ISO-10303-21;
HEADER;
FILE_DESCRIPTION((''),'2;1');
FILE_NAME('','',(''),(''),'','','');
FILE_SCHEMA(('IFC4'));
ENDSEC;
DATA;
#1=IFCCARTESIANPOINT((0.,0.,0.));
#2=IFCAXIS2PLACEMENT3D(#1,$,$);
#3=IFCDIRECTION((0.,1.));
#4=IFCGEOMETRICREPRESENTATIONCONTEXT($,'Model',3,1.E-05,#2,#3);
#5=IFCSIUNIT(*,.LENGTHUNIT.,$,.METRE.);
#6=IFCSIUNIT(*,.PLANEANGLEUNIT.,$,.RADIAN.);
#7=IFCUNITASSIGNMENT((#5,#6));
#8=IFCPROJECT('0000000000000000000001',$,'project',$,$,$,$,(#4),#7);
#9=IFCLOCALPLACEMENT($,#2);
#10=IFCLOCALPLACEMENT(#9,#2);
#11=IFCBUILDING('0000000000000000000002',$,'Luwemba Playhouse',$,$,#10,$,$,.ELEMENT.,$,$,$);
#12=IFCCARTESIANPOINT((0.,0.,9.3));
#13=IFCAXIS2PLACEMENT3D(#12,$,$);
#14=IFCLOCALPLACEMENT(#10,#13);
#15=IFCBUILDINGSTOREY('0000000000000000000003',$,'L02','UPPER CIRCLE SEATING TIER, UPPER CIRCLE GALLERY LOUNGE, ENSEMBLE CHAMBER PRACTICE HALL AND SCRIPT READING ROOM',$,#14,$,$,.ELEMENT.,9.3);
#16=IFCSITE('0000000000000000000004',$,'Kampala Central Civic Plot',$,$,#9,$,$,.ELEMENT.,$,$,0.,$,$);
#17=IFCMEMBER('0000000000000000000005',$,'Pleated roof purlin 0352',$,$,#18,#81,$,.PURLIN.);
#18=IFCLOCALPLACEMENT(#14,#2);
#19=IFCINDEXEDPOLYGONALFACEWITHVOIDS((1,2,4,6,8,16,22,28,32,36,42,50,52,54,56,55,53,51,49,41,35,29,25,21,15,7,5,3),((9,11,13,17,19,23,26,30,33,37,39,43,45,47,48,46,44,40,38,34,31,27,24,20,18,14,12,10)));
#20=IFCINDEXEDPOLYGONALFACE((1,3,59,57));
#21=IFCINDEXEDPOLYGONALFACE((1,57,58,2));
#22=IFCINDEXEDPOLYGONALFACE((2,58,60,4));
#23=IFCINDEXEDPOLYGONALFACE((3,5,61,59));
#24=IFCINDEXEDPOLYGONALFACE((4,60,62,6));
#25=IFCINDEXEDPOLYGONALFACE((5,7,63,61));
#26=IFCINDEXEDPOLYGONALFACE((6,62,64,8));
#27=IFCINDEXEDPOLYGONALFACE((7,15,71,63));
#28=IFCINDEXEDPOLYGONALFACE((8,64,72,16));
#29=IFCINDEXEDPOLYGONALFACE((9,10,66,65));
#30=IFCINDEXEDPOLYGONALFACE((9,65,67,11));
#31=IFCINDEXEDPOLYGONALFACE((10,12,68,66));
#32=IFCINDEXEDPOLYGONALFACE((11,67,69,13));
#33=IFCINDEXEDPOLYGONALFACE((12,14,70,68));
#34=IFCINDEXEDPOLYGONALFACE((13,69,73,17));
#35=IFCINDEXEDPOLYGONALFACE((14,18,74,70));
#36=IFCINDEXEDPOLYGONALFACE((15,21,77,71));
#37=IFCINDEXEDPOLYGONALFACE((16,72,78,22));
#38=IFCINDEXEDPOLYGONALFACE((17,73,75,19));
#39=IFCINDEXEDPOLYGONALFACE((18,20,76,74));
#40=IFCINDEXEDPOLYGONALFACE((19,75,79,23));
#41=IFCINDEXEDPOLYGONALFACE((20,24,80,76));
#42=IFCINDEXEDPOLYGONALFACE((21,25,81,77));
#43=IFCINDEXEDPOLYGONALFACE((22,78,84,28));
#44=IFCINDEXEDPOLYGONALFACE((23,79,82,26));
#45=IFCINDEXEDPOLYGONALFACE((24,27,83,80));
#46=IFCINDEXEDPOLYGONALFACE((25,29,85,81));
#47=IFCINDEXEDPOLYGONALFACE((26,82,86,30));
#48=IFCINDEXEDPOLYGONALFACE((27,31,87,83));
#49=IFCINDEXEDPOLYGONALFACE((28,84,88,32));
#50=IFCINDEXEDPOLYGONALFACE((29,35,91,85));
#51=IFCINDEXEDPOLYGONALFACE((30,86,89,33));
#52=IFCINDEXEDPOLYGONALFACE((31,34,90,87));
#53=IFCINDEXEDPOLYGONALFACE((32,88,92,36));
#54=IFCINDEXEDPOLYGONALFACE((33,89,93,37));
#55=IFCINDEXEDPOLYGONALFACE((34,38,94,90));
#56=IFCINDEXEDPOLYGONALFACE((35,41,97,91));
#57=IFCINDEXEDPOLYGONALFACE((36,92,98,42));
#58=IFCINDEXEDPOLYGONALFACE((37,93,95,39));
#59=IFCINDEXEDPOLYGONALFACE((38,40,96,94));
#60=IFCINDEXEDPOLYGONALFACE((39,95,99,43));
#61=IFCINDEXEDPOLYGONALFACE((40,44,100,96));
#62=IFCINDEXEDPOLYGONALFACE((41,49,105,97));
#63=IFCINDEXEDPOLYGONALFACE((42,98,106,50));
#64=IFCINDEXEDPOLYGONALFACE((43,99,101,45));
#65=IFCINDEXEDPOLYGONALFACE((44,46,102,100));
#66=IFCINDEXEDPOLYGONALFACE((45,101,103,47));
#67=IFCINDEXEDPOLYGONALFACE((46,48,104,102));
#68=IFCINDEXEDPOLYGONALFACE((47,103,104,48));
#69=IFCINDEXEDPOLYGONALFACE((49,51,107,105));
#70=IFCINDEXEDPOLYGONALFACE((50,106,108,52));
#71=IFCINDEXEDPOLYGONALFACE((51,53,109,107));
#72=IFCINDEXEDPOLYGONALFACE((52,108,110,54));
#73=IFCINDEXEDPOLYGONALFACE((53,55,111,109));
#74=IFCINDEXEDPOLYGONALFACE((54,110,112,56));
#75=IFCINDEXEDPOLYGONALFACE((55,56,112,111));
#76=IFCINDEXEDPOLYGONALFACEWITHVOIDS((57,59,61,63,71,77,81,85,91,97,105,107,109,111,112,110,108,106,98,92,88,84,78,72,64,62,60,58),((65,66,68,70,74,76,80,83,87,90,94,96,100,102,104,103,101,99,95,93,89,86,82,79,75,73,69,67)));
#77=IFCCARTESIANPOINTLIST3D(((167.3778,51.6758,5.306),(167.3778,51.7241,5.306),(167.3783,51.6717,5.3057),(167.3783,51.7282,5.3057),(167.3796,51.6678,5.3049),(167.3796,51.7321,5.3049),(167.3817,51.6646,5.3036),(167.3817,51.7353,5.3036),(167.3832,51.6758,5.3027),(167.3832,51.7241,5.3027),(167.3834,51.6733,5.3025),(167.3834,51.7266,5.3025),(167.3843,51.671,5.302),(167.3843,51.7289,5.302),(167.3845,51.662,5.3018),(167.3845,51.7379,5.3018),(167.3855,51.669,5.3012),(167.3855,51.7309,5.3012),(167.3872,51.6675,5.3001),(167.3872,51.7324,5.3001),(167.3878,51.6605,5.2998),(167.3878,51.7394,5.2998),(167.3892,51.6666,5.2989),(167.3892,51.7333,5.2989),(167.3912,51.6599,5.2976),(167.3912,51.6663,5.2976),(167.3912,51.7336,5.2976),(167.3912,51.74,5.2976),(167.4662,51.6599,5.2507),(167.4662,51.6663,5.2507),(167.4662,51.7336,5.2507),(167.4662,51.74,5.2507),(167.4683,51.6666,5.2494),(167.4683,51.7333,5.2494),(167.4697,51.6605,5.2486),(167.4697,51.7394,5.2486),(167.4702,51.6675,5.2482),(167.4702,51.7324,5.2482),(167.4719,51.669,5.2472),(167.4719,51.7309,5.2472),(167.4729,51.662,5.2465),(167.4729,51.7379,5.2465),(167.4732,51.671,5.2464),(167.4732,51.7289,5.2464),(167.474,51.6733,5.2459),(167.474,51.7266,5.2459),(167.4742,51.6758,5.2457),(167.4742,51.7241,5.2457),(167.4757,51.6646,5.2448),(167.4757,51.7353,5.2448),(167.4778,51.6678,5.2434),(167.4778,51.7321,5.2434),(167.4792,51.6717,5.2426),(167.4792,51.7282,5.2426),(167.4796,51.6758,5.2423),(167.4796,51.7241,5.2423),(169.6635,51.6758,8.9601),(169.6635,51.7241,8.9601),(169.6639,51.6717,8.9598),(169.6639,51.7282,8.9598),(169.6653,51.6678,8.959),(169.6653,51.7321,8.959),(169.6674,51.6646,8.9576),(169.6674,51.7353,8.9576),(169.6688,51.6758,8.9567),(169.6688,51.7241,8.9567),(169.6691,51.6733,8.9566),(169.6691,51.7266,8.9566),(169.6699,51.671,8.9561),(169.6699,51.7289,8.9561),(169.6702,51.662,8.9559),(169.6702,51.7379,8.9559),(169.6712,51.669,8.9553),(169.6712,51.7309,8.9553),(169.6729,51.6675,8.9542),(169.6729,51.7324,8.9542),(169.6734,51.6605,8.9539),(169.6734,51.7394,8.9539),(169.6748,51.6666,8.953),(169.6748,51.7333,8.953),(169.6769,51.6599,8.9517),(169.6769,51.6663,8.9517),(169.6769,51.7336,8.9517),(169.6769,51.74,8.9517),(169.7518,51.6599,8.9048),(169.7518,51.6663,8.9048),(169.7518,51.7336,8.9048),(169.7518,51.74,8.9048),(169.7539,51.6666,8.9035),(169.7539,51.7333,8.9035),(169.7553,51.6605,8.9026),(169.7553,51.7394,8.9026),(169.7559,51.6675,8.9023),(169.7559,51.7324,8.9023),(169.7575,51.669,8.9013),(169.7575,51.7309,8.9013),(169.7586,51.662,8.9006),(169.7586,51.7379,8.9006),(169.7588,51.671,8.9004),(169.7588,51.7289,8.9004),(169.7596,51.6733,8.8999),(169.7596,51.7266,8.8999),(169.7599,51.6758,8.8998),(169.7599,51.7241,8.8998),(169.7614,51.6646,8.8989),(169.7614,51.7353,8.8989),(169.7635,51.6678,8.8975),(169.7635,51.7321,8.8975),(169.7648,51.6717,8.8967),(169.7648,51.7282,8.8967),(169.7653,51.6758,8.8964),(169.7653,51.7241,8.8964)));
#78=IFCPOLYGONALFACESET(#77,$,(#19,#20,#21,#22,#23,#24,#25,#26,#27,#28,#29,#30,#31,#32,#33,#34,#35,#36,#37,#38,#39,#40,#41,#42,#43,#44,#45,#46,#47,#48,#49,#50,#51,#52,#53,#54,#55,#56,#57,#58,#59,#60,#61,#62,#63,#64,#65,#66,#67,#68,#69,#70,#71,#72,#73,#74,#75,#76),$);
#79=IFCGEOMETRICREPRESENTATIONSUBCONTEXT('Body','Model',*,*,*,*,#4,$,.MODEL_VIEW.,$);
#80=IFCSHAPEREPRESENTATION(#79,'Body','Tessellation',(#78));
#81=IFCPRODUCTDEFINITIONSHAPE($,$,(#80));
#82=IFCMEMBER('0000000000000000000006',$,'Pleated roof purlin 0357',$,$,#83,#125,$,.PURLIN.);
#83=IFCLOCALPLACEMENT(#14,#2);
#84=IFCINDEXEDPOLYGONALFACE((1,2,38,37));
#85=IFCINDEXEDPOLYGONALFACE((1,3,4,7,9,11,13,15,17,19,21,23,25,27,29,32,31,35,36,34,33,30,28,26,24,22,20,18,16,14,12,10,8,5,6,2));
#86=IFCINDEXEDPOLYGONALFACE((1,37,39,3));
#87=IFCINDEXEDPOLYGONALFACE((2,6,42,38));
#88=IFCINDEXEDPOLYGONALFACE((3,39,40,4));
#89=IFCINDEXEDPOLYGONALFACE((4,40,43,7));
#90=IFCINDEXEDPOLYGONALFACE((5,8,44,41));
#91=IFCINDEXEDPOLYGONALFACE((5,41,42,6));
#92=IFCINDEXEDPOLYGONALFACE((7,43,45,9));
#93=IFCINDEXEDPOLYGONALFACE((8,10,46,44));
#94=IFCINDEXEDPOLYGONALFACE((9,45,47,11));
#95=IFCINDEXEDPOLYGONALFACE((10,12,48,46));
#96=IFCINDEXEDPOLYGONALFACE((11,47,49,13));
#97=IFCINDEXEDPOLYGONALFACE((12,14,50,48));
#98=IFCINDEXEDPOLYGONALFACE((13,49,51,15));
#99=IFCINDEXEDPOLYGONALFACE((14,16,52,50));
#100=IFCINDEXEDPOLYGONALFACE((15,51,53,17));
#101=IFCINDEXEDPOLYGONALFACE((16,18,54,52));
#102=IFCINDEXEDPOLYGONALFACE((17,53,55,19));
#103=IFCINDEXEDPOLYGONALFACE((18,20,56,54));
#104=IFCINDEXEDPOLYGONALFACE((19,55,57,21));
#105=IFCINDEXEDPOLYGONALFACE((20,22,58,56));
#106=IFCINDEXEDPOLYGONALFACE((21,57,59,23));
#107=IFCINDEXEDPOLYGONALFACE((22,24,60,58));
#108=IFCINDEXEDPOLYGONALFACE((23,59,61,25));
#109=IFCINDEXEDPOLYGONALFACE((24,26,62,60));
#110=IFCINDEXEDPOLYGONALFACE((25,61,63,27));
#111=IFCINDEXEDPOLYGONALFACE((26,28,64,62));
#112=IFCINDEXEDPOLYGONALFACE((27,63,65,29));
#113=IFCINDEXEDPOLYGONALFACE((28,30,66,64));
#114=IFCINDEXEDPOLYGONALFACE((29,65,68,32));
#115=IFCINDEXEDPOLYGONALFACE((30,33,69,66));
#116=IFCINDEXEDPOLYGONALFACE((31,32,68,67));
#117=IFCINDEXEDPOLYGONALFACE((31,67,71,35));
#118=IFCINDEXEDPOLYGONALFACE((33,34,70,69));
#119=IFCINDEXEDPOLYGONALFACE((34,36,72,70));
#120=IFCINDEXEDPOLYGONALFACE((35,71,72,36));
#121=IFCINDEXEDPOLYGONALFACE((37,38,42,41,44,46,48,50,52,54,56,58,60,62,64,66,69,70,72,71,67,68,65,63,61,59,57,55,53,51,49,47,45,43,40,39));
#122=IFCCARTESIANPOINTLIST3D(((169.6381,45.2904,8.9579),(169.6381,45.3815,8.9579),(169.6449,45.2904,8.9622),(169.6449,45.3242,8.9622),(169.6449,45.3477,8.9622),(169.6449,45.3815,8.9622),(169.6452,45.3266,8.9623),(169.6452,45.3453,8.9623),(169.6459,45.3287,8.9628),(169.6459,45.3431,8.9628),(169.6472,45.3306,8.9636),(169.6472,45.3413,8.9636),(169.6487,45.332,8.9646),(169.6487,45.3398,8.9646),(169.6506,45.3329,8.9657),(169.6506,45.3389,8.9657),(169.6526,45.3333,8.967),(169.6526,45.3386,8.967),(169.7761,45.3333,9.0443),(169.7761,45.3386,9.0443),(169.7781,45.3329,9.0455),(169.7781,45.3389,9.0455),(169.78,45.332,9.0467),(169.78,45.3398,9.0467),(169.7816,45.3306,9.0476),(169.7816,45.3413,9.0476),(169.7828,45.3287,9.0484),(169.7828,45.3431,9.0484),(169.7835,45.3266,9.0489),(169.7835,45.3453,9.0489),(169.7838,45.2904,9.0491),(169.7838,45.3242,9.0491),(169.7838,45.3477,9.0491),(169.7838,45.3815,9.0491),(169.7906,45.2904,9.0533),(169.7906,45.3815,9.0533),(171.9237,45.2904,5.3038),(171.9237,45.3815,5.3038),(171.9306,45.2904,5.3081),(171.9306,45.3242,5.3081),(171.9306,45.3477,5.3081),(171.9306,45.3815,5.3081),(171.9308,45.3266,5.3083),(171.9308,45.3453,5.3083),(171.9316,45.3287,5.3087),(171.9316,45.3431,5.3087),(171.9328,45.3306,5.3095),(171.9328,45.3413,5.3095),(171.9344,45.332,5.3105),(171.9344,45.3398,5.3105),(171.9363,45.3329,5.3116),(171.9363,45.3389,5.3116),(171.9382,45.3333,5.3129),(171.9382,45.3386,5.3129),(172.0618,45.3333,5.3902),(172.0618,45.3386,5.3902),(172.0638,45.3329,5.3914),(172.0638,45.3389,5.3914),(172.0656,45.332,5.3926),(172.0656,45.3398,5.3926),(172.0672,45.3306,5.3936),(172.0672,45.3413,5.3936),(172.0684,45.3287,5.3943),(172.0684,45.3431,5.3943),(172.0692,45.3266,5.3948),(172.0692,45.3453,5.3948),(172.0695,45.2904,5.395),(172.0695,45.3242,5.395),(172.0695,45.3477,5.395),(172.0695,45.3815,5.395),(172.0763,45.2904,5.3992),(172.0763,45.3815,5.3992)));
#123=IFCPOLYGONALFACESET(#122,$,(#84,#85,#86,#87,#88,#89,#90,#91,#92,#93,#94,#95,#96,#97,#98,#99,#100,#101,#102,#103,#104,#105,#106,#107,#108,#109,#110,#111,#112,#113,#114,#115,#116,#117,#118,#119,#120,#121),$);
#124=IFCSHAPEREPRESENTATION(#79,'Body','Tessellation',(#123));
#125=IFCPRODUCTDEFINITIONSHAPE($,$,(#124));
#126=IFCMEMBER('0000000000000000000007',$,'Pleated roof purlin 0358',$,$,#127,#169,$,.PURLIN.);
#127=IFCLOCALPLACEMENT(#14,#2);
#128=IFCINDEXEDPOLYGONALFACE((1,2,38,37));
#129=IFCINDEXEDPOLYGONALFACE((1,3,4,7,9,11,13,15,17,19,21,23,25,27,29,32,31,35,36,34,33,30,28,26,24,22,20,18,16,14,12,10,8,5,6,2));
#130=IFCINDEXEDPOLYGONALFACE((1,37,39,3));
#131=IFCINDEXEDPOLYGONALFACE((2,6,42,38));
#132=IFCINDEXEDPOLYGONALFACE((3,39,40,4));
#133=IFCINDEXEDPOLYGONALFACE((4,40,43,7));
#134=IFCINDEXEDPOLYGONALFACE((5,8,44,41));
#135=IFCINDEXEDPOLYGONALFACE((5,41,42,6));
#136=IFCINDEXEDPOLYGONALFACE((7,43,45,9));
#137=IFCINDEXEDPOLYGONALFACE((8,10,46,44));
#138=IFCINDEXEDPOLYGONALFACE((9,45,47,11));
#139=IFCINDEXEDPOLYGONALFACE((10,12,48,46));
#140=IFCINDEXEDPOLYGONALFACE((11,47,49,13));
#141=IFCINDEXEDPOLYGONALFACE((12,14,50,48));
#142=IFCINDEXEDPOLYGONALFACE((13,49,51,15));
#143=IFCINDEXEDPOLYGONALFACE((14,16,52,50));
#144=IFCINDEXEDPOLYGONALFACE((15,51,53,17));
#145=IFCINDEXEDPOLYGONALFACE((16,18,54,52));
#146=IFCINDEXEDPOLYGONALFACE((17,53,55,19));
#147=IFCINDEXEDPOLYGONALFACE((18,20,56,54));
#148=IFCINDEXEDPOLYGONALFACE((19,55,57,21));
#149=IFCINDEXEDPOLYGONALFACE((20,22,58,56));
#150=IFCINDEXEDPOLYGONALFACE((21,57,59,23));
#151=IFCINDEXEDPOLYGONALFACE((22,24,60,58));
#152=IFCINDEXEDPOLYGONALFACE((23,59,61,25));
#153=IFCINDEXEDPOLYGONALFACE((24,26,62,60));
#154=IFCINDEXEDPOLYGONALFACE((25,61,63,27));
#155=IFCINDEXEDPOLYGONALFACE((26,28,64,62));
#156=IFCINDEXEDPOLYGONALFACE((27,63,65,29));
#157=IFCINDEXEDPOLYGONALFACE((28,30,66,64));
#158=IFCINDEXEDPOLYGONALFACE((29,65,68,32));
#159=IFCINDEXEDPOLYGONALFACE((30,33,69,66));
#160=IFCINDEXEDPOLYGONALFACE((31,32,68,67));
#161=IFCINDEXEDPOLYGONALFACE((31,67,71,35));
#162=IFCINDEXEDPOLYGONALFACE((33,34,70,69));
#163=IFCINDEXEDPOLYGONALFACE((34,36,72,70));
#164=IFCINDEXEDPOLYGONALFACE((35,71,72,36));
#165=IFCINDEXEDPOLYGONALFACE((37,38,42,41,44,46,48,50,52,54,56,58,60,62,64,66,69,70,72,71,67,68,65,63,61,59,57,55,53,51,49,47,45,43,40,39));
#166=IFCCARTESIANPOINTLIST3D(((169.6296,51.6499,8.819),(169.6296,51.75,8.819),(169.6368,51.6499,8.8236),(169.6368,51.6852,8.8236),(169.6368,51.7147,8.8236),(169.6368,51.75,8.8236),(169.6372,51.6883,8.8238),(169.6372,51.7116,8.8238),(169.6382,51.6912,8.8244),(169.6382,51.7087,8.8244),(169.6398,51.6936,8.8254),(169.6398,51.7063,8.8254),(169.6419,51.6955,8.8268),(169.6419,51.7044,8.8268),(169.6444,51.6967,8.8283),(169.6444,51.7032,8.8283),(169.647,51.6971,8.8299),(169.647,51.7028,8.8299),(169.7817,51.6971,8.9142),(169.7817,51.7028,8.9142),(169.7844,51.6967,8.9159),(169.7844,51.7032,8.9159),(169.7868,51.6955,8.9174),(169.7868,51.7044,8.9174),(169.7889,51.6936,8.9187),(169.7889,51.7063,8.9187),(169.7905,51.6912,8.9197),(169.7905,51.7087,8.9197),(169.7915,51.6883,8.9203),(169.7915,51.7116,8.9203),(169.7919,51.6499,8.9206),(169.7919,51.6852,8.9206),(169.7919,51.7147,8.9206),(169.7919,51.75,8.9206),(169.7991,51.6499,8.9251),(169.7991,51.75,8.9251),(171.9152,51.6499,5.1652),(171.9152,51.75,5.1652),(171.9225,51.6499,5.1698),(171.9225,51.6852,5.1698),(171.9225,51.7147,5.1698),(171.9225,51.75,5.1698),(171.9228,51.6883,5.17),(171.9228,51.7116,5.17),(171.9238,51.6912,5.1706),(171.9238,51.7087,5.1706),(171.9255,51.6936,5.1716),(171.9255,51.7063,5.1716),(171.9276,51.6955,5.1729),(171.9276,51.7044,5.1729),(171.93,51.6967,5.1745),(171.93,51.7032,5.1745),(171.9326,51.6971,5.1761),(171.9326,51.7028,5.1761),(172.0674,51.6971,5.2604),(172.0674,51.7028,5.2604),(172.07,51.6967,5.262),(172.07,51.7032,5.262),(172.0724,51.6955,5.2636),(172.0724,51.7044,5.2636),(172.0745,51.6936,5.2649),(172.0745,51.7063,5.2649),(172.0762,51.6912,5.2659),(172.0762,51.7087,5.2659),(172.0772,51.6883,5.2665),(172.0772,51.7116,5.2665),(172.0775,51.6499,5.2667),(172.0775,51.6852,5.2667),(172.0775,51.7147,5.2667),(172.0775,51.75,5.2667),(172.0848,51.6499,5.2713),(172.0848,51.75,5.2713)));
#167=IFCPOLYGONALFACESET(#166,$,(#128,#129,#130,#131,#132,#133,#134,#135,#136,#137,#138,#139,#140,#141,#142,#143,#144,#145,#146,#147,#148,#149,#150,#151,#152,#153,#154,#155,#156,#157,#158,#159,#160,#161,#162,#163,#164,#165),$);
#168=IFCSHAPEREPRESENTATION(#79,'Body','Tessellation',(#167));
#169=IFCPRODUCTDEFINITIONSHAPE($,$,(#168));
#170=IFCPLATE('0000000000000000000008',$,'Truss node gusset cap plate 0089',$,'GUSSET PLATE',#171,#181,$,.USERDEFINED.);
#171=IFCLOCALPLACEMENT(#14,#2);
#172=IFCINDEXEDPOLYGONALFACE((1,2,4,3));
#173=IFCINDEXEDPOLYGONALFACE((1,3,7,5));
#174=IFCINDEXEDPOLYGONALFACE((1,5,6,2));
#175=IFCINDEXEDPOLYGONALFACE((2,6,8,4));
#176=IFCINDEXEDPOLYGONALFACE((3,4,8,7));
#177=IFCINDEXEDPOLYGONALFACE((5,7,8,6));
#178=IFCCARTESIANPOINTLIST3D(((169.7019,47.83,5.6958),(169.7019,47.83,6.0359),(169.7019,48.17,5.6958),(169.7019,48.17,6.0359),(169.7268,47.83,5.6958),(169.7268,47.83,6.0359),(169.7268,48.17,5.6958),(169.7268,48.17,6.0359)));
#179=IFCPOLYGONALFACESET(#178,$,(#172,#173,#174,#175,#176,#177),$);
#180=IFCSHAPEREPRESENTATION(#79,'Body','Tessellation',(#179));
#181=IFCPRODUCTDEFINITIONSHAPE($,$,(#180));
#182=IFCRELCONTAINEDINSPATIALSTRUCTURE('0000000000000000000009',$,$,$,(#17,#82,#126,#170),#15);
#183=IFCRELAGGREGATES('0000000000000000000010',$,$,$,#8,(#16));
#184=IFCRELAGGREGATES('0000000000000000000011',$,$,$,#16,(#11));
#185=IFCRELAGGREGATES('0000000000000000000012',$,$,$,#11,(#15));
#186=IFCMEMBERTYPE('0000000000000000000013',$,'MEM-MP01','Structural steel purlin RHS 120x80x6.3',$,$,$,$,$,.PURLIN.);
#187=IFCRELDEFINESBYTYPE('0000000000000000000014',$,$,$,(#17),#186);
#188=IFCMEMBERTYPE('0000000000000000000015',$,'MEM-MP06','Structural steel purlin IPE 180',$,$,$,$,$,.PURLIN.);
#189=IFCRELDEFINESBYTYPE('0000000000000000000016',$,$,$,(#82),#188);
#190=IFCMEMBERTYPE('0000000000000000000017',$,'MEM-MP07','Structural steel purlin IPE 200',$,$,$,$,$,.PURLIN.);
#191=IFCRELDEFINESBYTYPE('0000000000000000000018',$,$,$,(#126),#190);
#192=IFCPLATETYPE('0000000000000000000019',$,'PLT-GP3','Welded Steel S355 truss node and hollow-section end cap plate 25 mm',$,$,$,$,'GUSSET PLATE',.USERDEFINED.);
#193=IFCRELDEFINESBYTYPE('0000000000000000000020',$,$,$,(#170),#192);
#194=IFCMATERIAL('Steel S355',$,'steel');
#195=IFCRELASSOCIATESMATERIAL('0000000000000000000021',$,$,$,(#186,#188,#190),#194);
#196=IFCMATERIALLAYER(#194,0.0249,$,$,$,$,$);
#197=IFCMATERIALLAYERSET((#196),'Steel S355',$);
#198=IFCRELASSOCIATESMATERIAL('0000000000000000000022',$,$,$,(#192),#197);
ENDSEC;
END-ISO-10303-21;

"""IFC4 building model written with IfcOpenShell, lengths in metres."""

from ifc_helpers import new_model, si_unit, direction, frame, origin, origin_2d, place, context, subcontext, project, spatial, rectangle, hollow_rectangle, i_section, extrude, material, layer, layer_set, material_profile, profile_set, type_object, element, save


model = new_model("IFC4")

# Units and contexts
model_context = context("Model", 3, precision=1e-05, world=origin(), true_north=direction((0.0, 1.0)))
body_context = subcontext(model_context, "Body", "Model", "MODEL_VIEW")
ifc_project = project(units=[si_unit("LENGTHUNIT", "METRE"), si_unit("PLANEANGLEUNIT", "RADIAN")], contexts=[model_context])

# Site, building, storey
site_placement = place(None, origin())
site = spatial("IfcSite", under=ifc_project, at=site_placement, Name="Kampala Central Civic Plot", CompositionType="ELEMENT", RefElevation=0.0)
building_placement = place(site_placement, origin())
building = spatial("IfcBuilding", under=site, at=building_placement, Name="Luwemba Playhouse", CompositionType="ELEMENT")
storey_placement = place(building_placement, frame((0.0, 0.0, 9.3)))
storey = spatial("IfcBuildingStorey", under=building, at=storey_placement, Name="L02", Description="UPPER CIRCLE SEATING TIER, UPPER CIRCLE GALLERY LOUNGE, ENSEMBLE CHAMBER PRACTICE HALL AND SCRIPT READING ROOM", CompositionType="ELEMENT", Elevation=9.3)

# Shared definitions
ifc_material_1 = material(Name="Steel S355", Category="steel")

# Members
ifc_material_profile_1 = material_profile(ifc_material_1, hollow_rectangle(XDim=0.0801, YDim=0.1201, WallThickness=0.0063, InnerFilletRadius=0.0095, OuterFilletRadius=0.0159, at=origin_2d()))
ifc_profile_set_1 = profile_set([ifc_material_profile_1], Name="Steel S355")
member_type_1 = type_object("IfcMemberType", Name="MEM-MP01", Description="Structural steel purlin RHS 120x80x6.3", PredefinedType="PURLIN", material=ifc_profile_set_1)
member_1_placement = place(storey_placement, frame((167.4287, 51.7, 5.2742), z_axis=(0.530309, 0.0, 0.847804), x_axis=(0.0, 1.0, 0.0)))
element("IfcMember", 1, at=member_1_placement, inside=storey, type_object=member_type_1, Name="Pleated roof purlin 0352", PredefinedType="PURLIN", context=body_context, shape_type="SweptSolid", body=[
    extrude(hollow_rectangle(XDim=0.0801, YDim=0.1201, WallThickness=0.0063, InnerFilletRadius=0.0095, OuterFilletRadius=0.0159, at=origin_2d()), origin(), (0.0, 0.0, 1.0), 4.3101),
])
ifc_material_profile_2 = material_profile(ifc_material_1, i_section(OverallWidth=0.0911, OverallDepth=0.1799, WebThickness=0.0054, FlangeThickness=0.0081, FilletRadius=0.009, at=origin_2d()))
ifc_profile_set_2 = profile_set([ifc_material_profile_2], Name="Steel S355")
member_type_2 = type_object("IfcMemberType", Name="MEM-MP06", Description="Structural steel purlin IPE 180", PredefinedType="PURLIN", material=ifc_profile_set_2)
member_2_placement = place(storey_placement, frame((169.7144, 45.3359, 9.0056), z_axis=(0.530309, 0.0, -0.847804), x_axis=(0.0, 1.0, 0.0)))
element("IfcMember", 2, at=member_2_placement, inside=storey, type_object=member_type_2, Name="Pleated roof purlin 0357", PredefinedType="PURLIN", context=body_context, shape_type="SweptSolid", body=[
    extrude(i_section(OverallWidth=0.0911, OverallDepth=0.1799, WebThickness=0.0054, FlangeThickness=0.0081, FilletRadius=0.009, at=origin_2d()), origin(), (0.0, 0.0, 1.0), 4.3101),
])
ifc_material_profile_3 = material_profile(ifc_material_1, i_section(OverallWidth=0.1001, OverallDepth=0.2, WebThickness=0.0056, FlangeThickness=0.0085, FilletRadius=0.012, at=origin_2d()))
ifc_profile_set_3 = profile_set([ifc_material_profile_3], Name="Steel S355")
member_type_3 = type_object("IfcMemberType", Name="MEM-MP07", Description="Structural steel purlin IPE 200", PredefinedType="PURLIN", material=ifc_profile_set_3)
member_3_placement = place(storey_placement, frame((169.7144, 51.7, 8.8721), z_axis=(0.530335, 0.0, -0.847788), x_axis=(0.0, 1.0, 0.0)))
element("IfcMember", 3, at=member_3_placement, inside=storey, type_object=member_type_3, Name="Pleated roof purlin 0358", PredefinedType="PURLIN", context=body_context, shape_type="SweptSolid", body=[
    extrude(i_section(OverallWidth=0.1001, OverallDepth=0.2, WebThickness=0.0056, FlangeThickness=0.0085, FilletRadius=0.012, at=origin_2d()), origin(), (0.0, 0.0, 1.0), 4.3098),
])

# Plate
ifc_layer_1 = layer(ifc_material_1, 0.0249)
ifc_layer_set_1 = layer_set([ifc_layer_1], Name="Steel S355")
plate_type = type_object("IfcPlateType", Name="PLT-GP3", Description="Welded Steel S355 truss node and hollow-section end cap plate 25 mm", ElementType="GUSSET PLATE", PredefinedType="USERDEFINED", material=ifc_layer_set_1)
plate_placement = place(storey_placement, frame((169.7144, 48.0, 5.6958), z_axis=(0.0, 0.0, 1.0), x_axis=(1.0, 0.0, 0.0)))
element("IfcPlate", 4, at=plate_placement, inside=storey, type_object=plate_type, Name="Truss node gusset cap plate 0089", ObjectType="GUSSET PLATE", PredefinedType="USERDEFINED", context=body_context, shape_type="SweptSolid", body=[
    extrude(rectangle(XDim=0.0249, YDim=0.3401, at=origin_2d()), origin(), (0.0, 0.0, 1.0), 0.3401),
])

save(model, "model.ifc")
